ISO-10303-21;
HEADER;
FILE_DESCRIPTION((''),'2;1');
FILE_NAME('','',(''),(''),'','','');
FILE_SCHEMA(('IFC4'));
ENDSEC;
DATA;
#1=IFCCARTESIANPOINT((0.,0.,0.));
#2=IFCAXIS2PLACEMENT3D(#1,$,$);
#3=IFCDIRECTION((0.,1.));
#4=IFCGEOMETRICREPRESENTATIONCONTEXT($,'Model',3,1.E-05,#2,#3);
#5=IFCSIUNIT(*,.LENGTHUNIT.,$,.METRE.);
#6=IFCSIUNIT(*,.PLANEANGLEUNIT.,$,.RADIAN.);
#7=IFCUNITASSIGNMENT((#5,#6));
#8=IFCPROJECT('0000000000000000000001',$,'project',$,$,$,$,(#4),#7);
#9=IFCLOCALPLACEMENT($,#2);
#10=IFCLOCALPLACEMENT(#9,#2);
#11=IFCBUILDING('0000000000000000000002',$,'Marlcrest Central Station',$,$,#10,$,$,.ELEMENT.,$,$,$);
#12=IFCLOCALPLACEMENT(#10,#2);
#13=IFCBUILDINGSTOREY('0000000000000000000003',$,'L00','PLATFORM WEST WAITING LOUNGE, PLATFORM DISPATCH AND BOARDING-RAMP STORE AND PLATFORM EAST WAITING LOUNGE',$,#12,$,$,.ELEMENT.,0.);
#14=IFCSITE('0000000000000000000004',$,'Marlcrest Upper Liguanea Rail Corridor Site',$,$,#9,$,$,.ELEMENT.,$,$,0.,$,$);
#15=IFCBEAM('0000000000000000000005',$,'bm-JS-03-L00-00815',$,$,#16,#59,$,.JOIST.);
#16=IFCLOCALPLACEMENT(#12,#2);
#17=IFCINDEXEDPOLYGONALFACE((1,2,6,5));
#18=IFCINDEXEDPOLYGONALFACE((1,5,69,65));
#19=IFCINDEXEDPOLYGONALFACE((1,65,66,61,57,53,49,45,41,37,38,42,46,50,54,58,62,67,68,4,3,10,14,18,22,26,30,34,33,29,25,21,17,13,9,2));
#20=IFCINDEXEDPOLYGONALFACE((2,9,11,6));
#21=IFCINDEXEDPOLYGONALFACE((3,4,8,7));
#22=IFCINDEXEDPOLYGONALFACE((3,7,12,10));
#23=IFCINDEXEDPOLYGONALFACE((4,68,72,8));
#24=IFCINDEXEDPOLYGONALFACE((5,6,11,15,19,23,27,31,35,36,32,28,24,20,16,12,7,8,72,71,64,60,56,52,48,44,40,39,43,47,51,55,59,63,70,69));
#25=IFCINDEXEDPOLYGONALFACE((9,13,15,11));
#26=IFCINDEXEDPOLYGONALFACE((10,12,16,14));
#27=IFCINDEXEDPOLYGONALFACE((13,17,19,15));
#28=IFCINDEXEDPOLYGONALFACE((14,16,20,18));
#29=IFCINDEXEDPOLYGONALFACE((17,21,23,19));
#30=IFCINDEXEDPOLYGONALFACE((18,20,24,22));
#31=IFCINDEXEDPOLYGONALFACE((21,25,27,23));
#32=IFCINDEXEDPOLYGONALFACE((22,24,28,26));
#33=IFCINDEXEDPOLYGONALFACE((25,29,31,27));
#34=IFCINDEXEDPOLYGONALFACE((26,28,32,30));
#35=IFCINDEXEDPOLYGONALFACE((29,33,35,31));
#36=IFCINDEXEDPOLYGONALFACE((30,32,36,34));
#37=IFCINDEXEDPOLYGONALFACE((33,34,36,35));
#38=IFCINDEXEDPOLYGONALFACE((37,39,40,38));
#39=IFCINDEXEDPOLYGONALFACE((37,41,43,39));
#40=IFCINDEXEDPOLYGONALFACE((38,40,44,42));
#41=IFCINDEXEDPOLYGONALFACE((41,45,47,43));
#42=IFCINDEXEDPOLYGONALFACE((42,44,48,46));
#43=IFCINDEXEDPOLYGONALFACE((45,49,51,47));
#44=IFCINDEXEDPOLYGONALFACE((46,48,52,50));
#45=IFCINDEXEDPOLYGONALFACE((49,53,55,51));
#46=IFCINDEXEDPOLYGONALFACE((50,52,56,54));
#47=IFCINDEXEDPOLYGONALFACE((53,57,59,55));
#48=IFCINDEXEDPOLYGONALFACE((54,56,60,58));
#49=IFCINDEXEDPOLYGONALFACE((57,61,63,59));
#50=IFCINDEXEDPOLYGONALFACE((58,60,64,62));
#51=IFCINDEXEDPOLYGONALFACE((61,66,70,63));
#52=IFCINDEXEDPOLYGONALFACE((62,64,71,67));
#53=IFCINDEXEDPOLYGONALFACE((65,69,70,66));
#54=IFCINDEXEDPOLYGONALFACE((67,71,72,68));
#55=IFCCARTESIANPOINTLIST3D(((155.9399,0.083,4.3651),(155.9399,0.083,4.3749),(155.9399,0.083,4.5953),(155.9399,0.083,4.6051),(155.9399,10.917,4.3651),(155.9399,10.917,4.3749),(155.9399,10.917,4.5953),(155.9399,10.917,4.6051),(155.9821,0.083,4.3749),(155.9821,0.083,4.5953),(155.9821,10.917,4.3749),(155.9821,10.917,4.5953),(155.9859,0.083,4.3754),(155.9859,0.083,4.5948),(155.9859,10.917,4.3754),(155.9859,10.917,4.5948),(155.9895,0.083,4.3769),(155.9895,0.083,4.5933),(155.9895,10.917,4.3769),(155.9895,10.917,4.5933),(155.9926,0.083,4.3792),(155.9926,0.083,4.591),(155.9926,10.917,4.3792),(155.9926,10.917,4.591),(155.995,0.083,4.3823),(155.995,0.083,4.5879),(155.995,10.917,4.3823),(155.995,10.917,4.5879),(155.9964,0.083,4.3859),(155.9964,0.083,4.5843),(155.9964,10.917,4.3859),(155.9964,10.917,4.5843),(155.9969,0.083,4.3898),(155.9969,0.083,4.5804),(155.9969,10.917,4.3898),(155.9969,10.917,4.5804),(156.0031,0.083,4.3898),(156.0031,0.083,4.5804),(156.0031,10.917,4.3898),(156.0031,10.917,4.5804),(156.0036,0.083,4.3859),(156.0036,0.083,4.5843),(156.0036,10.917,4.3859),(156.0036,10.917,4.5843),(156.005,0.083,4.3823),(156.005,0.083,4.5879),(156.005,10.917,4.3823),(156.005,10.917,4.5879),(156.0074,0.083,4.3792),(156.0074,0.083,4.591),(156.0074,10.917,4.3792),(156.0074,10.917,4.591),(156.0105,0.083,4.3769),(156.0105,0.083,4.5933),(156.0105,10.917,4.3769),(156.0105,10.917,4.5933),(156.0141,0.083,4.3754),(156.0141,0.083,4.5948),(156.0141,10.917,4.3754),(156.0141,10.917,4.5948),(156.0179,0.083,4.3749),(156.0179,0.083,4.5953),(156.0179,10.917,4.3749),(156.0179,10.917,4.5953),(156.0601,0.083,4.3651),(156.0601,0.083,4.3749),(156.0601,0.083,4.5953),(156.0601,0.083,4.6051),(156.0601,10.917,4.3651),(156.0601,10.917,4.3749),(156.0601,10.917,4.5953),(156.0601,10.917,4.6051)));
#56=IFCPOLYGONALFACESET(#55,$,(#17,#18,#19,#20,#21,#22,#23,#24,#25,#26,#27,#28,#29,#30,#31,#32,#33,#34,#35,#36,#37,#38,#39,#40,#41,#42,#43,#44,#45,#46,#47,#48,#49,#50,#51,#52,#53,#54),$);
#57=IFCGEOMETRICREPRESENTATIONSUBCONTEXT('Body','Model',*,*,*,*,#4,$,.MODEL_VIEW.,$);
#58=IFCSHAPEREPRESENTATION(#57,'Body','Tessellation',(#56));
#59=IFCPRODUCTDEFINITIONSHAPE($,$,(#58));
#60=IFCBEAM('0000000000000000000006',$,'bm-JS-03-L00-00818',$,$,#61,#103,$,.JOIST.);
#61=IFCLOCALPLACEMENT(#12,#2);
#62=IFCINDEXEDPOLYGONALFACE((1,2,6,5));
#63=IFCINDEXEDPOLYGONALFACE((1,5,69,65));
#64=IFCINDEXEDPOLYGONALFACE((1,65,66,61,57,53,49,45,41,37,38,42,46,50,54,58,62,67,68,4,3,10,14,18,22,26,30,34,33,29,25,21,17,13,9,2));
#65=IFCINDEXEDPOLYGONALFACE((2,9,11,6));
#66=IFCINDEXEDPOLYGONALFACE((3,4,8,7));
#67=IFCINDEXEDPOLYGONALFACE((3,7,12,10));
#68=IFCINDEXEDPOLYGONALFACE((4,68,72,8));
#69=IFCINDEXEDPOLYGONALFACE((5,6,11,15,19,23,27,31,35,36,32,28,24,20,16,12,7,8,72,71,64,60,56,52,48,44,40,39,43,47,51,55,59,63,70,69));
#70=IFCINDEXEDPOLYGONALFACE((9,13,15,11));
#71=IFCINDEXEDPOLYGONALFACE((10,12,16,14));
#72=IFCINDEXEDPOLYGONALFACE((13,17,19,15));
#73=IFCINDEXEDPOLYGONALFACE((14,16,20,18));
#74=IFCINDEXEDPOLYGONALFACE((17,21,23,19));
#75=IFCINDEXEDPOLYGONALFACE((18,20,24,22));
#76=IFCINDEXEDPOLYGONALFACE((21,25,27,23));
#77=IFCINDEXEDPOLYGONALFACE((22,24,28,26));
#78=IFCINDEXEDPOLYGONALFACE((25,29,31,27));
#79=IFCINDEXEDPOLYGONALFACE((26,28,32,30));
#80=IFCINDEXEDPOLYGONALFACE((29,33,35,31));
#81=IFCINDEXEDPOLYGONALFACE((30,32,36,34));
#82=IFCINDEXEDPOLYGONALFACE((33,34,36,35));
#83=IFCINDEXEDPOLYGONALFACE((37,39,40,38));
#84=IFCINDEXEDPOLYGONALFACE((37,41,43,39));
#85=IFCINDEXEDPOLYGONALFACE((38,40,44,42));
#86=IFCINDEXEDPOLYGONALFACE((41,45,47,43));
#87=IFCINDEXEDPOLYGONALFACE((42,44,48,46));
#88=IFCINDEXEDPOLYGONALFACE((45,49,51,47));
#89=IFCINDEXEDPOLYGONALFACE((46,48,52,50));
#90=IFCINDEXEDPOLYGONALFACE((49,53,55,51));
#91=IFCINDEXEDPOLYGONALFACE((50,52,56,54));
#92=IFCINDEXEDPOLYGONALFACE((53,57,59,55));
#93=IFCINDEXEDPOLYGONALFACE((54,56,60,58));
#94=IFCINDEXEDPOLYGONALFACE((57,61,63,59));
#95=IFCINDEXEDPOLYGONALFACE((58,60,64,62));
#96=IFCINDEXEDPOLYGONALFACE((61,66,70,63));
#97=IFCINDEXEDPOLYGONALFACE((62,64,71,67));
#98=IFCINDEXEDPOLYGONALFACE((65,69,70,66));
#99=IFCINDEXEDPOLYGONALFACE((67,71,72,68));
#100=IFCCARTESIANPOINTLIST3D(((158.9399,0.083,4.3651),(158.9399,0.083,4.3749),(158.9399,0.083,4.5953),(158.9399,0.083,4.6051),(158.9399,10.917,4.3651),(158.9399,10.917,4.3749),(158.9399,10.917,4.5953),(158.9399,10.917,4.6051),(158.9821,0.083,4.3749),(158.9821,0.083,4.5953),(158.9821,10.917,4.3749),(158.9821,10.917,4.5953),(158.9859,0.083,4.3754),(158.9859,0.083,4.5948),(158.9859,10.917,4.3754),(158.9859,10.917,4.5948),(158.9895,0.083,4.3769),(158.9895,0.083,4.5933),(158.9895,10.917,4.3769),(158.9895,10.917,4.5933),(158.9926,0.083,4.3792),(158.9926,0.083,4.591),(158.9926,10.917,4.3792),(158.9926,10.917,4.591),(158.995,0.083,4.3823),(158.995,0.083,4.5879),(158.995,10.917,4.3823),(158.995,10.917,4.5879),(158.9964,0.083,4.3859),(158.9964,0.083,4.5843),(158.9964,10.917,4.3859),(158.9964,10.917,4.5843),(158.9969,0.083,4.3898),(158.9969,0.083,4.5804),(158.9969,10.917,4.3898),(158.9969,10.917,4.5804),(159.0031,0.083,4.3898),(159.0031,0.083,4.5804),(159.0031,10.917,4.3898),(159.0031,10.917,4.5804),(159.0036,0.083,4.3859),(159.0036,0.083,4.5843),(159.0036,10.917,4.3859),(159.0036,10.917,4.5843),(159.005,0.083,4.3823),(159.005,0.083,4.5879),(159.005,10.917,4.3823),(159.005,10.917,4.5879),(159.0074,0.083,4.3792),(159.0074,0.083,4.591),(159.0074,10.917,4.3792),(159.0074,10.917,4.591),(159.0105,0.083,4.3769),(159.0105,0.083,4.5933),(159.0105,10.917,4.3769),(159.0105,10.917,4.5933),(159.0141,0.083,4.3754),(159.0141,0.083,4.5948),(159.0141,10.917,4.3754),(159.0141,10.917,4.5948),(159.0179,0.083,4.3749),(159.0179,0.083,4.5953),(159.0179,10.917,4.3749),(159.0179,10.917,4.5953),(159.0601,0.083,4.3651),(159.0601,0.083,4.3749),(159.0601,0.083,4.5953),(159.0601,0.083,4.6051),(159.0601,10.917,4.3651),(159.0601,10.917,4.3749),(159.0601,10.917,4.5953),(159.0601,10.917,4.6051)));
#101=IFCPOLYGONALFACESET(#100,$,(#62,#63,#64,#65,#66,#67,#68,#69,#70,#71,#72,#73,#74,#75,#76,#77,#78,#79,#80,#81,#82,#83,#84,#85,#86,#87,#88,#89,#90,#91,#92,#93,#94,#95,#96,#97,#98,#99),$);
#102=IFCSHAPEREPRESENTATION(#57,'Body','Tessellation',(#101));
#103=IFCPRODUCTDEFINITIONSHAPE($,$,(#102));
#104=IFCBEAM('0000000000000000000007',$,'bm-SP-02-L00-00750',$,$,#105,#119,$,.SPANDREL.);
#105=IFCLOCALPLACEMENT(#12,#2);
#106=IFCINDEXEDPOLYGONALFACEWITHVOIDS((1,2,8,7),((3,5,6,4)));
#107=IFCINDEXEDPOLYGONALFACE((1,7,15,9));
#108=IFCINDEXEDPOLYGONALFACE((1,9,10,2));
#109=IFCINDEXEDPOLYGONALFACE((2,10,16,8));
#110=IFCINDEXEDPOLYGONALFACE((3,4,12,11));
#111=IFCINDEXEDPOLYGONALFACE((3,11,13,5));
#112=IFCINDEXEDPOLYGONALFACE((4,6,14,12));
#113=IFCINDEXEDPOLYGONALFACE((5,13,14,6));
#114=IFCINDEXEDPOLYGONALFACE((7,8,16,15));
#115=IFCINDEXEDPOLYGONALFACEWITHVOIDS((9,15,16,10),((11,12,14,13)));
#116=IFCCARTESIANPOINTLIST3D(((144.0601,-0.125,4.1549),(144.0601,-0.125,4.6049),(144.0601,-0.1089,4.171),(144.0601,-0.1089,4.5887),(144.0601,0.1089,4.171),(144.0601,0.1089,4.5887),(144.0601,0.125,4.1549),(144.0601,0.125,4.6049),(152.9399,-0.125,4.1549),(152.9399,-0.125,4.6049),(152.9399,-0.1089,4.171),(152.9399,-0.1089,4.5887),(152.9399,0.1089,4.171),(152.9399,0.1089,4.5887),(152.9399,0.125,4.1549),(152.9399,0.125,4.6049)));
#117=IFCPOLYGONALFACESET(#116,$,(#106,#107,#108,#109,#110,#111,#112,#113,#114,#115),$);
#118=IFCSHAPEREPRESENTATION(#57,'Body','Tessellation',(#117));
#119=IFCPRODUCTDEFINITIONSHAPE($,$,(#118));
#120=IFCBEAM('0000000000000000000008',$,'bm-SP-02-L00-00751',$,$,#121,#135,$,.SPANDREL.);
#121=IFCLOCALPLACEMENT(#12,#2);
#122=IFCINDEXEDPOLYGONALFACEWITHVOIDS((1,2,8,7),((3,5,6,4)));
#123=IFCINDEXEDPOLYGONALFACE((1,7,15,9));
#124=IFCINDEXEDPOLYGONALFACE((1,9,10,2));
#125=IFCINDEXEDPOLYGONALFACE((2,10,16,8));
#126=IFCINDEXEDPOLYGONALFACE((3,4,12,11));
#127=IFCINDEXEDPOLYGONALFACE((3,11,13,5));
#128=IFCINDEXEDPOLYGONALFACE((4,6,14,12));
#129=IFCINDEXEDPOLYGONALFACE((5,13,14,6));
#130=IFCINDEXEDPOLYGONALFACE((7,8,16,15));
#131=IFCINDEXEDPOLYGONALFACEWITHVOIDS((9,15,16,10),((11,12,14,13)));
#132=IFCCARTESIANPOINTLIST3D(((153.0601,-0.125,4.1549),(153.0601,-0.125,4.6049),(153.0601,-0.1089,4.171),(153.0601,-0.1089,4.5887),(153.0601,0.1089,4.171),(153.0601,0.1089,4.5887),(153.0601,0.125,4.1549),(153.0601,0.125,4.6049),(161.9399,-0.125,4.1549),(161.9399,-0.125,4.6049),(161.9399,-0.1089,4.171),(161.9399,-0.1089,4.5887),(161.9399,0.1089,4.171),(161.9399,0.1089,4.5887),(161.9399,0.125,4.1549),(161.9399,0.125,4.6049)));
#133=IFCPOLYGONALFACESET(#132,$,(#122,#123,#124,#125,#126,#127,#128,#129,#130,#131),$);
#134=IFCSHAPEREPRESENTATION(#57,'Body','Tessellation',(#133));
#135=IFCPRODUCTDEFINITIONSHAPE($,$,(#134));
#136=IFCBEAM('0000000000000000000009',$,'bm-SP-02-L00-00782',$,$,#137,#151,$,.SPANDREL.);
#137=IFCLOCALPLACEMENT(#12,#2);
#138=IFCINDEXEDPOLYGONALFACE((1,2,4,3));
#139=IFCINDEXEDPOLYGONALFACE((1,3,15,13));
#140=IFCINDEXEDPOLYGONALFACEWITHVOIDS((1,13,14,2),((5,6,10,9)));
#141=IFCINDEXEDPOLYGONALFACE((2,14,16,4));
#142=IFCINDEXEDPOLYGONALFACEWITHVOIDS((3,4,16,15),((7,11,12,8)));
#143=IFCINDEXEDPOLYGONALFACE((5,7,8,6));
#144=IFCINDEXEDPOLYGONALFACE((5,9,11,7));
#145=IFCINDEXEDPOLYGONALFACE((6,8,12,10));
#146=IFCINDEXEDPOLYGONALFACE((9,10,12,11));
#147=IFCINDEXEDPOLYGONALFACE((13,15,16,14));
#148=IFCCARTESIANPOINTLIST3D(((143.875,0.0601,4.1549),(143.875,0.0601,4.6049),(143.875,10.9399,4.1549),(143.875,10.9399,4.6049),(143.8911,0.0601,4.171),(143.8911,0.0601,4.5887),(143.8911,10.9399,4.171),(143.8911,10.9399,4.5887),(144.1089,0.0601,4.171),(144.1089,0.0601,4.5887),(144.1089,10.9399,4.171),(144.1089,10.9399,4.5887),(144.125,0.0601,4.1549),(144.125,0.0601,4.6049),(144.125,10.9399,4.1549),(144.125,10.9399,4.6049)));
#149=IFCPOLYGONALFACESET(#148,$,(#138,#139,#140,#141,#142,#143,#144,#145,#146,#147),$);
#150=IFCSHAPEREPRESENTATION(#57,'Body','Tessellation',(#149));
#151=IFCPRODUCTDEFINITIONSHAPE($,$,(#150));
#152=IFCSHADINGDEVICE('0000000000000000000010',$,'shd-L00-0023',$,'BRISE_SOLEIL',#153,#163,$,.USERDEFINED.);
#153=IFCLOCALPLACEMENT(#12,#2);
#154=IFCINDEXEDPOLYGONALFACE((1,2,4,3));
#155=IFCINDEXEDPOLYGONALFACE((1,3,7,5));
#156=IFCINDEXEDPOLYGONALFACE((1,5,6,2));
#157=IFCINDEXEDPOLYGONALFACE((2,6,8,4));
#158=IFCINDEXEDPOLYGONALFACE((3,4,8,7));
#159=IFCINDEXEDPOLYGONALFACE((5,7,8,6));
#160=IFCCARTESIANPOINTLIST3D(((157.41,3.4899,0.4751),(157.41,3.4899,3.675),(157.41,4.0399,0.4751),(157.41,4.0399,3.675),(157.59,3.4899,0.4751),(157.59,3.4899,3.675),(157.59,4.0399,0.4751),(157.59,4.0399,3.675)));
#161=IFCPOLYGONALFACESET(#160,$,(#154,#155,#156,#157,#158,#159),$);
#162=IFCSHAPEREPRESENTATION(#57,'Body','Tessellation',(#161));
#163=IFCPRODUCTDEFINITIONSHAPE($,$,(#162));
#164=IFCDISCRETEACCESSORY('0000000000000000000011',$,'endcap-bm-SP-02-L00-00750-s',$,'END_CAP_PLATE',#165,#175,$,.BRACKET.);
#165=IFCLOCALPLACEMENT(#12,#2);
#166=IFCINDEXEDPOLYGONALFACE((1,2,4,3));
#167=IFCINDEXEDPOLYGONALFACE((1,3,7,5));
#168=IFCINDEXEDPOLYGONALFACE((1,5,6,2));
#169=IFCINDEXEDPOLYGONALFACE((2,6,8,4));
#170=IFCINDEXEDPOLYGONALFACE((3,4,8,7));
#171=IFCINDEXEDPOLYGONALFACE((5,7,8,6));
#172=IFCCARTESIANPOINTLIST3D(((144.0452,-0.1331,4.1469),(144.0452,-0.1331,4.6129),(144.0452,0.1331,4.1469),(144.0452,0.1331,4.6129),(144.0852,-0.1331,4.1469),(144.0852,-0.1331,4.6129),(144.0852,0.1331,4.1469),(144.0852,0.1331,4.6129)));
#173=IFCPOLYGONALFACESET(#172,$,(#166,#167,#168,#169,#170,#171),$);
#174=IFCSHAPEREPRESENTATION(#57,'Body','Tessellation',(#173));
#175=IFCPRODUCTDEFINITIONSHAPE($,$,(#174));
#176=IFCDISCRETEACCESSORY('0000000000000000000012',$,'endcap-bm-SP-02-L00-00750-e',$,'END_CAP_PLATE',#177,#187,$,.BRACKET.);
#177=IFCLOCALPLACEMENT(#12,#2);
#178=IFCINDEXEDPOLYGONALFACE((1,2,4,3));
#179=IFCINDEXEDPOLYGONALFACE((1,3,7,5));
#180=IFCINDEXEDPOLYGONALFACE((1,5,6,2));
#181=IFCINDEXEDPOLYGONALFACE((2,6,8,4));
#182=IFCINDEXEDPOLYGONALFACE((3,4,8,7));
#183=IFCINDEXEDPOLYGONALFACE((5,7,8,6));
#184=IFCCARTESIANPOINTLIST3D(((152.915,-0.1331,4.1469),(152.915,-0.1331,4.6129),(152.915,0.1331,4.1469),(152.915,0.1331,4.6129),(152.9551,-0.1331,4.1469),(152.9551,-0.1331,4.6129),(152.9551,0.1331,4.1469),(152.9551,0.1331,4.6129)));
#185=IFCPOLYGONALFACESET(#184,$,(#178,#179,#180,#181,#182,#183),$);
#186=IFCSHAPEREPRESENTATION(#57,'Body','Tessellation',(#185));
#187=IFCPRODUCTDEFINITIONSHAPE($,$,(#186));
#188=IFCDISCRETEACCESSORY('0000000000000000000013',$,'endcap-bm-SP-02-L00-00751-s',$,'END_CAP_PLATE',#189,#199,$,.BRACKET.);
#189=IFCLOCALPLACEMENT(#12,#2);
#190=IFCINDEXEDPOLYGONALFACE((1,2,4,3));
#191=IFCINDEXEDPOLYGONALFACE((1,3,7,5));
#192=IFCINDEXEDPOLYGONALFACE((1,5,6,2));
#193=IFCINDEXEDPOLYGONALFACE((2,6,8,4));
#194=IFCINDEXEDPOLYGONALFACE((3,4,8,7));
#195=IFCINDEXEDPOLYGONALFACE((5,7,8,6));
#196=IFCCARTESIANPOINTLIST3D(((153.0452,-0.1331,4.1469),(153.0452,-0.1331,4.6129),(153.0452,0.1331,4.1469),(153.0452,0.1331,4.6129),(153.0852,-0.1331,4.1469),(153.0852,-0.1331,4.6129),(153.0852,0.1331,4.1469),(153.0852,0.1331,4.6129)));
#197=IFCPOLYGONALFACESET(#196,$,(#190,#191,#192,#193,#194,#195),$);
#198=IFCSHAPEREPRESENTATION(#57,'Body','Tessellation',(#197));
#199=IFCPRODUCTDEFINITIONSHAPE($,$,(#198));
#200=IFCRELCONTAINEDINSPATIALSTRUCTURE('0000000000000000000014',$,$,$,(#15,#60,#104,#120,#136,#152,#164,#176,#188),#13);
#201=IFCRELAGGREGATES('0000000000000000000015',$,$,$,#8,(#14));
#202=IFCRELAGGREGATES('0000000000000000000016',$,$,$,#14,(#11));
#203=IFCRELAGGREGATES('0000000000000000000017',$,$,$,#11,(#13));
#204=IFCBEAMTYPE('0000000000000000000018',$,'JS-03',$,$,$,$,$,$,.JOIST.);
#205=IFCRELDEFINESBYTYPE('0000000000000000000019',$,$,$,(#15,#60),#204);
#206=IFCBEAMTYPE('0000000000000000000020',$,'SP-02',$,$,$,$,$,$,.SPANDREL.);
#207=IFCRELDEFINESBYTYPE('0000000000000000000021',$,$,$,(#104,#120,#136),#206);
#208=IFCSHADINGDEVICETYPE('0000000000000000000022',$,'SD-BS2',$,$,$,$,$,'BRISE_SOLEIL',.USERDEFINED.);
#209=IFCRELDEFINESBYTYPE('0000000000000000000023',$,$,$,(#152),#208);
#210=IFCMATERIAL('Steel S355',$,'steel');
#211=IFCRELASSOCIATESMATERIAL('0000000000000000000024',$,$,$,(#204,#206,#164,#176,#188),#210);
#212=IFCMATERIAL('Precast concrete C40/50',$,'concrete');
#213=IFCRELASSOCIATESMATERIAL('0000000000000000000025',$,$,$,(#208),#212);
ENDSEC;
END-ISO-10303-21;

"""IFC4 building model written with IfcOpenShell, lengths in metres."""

from ifc_helpers import new_model, si_unit, direction, frame, origin, origin_2d, place, context, subcontext, project, spatial, rectangle, hollow_rectangle, i_section, extrude, material, material_profile, profile_set, type_object, element, save


model = new_model("IFC4")

# Units and contexts
model_context = context("Model", 3, precision=1e-05, world=origin(), true_north=direction((0.0, 1.0)))
body_context = subcontext(model_context, "Body", "Model", "MODEL_VIEW")
ifc_project = project(units=[si_unit("LENGTHUNIT", "METRE"), si_unit("PLANEANGLEUNIT", "RADIAN")], contexts=[model_context])

# Site, building, storey
site_placement = place(None, origin())
site = spatial("IfcSite", under=ifc_project, at=site_placement, Name="Marlcrest Upper Liguanea Rail Corridor Site", CompositionType="ELEMENT", RefElevation=0.0)
building_placement = place(site_placement, origin())
building = spatial("IfcBuilding", under=site, at=building_placement, Name="Marlcrest Central Station", CompositionType="ELEMENT")
storey_placement = place(building_placement, origin())
storey = spatial("IfcBuildingStorey", under=building, at=storey_placement, Name="L00", Description="PLATFORM WEST WAITING LOUNGE, PLATFORM DISPATCH AND BOARDING-RAMP STORE AND PLATFORM EAST WAITING LOUNGE", CompositionType="ELEMENT", Elevation=0.0)

# Beams
ifc_material_1 = material(Name="Steel S355", Category="steel")
ifc_material_profile_1 = material_profile(ifc_material_1, i_section(OverallWidth=0.1201, OverallDepth=0.24, WebThickness=0.0061, FlangeThickness=0.0098, FilletRadius=0.0149, at=origin_2d()), Name="IPE 240")
ifc_profile_set_1 = profile_set([ifc_material_profile_1], Name="Steel S355")
beam_type_1 = type_object("IfcBeamType", Name="JS-03", PredefinedType="JOIST", material=ifc_profile_set_1)
for number, where, z_axis, x_axis, name in (
    (1, (156.0, 0.083, 4.4851), (0.0, 1.0, 0.0), (-1.0, 0.0, 0.0), "bm-JS-03-L00-00815"),
    (2, (159.0, 0.083, 4.4851), (0.0, 1.0, 0.0), (-1.0, 0.0, 0.0), "bm-JS-03-L00-00818"),
):
    element("IfcBeam", number, at=place(storey_placement, frame(where, z_axis=z_axis, x_axis=x_axis)), inside=storey, type_object=beam_type_1, Name=name, PredefinedType="JOIST", context=body_context, shape_type="SweptSolid", body=[
        extrude(i_section(OverallWidth=0.1201, OverallDepth=0.24, WebThickness=0.0061, FlangeThickness=0.0098, FilletRadius=0.0149, at=origin_2d()), origin(), (0.0, 0.0, 1.0), 10.834),
    ])
ifc_material_profile_2 = material_profile(ifc_material_1, hollow_rectangle(XDim=0.25, YDim=0.45, WallThickness=0.0161, at=origin_2d()), Name="RHS 450x250x16")
ifc_profile_set_2 = profile_set([ifc_material_profile_2], Name="Steel S355")
beam_type_2 = type_object("IfcBeamType", Name="SP-02", PredefinedType="SPANDREL", material=ifc_profile_set_2)
for number, where, z_axis, x_axis, name in (
    (3, (144.0601, 0.0, 4.3799), (1.0, 0.0, 0.0), (0.0, 1.0, 0.0), "bm-SP-02-L00-00750"),
    (4, (153.0601, 0.0, 4.3799), (1.0, 0.0, 0.0), (0.0, 1.0, 0.0), "bm-SP-02-L00-00751"),
):
    element("IfcBeam", number, at=place(storey_placement, frame(where, z_axis=z_axis, x_axis=x_axis)), inside=storey, type_object=beam_type_2, Name=name, PredefinedType="SPANDREL", context=body_context, shape_type="SweptSolid", body=[
        extrude(hollow_rectangle(XDim=0.25, YDim=0.45, WallThickness=0.0161, at=origin_2d()), origin(), (0.0, 0.0, 1.0), 8.8799),
    ])
beam_1_placement = place(storey_placement, frame((144.0, 0.0601, 4.3799), z_axis=(0.0, 1.0, 0.0), x_axis=(-1.0, 0.0, 0.0)))
element("IfcBeam", 5, at=beam_1_placement, inside=storey, type_object=beam_type_2, Name="bm-SP-02-L00-00782", PredefinedType="SPANDREL", context=body_context, shape_type="SweptSolid", body=[
    extrude(hollow_rectangle(XDim=0.25, YDim=0.45, WallThickness=0.0161, at=origin_2d()), origin(), (0.0, 0.0, 1.0), 10.8799),
])

# Shading device
ifc_material_2 = material(Name="Precast concrete C40/50", Category="concrete")
shading_device_type = type_object("IfcShadingDeviceType", Name="SD-BS2", ElementType="BRISE_SOLEIL", PredefinedType="USERDEFINED", material=ifc_material_2)
shading_device_placement = place(storey_placement, frame((157.5, 3.7649, 0.4751), z_axis=(0.0, 0.0, 1.0), x_axis=(1.0, 0.0, 0.0)))
element("IfcShadingDevice", 6, at=shading_device_placement, inside=storey, type_object=shading_device_type, Name="shd-L00-0023", ObjectType="BRISE_SOLEIL", PredefinedType="USERDEFINED", context=body_context, shape_type="SweptSolid", body=[
    extrude(rectangle(XDim=0.1799, YDim=0.55, at=origin_2d()), origin(), (0.0, 0.0, 1.0), 3.2),
])

# Discrete accessories
for number, where, z_axis, x_axis, name in (
    (7, (144.0452, 0.0, 4.3799), (1.0, 0.0, 0.0), (0.0, 1.0, 0.0), "endcap-bm-SP-02-L00-00750-s"),
    (8, (152.915, 0.0, 4.3799), (1.0, 0.0, 0.0), (0.0, 1.0, 0.0), "endcap-bm-SP-02-L00-00750-e"),
    (9, (153.0452, 0.0, 4.3799), (1.0, 0.0, 0.0), (0.0, 1.0, 0.0), "endcap-bm-SP-02-L00-00751-s"),
):
    element("IfcDiscreteAccessory", number, at=place(storey_placement, frame(where, z_axis=z_axis, x_axis=x_axis)), inside=storey, material=ifc_material_1, Name=name, ObjectType="END_CAP_PLATE", PredefinedType="BRACKET", context=body_context, shape_type="SweptSolid", body=[
        extrude(rectangle(XDim=0.2661, YDim=0.4661, at=origin_2d()), origin(), (0.0, 0.0, 1.0), 0.04),
    ])

save(model, "model.ifc")
